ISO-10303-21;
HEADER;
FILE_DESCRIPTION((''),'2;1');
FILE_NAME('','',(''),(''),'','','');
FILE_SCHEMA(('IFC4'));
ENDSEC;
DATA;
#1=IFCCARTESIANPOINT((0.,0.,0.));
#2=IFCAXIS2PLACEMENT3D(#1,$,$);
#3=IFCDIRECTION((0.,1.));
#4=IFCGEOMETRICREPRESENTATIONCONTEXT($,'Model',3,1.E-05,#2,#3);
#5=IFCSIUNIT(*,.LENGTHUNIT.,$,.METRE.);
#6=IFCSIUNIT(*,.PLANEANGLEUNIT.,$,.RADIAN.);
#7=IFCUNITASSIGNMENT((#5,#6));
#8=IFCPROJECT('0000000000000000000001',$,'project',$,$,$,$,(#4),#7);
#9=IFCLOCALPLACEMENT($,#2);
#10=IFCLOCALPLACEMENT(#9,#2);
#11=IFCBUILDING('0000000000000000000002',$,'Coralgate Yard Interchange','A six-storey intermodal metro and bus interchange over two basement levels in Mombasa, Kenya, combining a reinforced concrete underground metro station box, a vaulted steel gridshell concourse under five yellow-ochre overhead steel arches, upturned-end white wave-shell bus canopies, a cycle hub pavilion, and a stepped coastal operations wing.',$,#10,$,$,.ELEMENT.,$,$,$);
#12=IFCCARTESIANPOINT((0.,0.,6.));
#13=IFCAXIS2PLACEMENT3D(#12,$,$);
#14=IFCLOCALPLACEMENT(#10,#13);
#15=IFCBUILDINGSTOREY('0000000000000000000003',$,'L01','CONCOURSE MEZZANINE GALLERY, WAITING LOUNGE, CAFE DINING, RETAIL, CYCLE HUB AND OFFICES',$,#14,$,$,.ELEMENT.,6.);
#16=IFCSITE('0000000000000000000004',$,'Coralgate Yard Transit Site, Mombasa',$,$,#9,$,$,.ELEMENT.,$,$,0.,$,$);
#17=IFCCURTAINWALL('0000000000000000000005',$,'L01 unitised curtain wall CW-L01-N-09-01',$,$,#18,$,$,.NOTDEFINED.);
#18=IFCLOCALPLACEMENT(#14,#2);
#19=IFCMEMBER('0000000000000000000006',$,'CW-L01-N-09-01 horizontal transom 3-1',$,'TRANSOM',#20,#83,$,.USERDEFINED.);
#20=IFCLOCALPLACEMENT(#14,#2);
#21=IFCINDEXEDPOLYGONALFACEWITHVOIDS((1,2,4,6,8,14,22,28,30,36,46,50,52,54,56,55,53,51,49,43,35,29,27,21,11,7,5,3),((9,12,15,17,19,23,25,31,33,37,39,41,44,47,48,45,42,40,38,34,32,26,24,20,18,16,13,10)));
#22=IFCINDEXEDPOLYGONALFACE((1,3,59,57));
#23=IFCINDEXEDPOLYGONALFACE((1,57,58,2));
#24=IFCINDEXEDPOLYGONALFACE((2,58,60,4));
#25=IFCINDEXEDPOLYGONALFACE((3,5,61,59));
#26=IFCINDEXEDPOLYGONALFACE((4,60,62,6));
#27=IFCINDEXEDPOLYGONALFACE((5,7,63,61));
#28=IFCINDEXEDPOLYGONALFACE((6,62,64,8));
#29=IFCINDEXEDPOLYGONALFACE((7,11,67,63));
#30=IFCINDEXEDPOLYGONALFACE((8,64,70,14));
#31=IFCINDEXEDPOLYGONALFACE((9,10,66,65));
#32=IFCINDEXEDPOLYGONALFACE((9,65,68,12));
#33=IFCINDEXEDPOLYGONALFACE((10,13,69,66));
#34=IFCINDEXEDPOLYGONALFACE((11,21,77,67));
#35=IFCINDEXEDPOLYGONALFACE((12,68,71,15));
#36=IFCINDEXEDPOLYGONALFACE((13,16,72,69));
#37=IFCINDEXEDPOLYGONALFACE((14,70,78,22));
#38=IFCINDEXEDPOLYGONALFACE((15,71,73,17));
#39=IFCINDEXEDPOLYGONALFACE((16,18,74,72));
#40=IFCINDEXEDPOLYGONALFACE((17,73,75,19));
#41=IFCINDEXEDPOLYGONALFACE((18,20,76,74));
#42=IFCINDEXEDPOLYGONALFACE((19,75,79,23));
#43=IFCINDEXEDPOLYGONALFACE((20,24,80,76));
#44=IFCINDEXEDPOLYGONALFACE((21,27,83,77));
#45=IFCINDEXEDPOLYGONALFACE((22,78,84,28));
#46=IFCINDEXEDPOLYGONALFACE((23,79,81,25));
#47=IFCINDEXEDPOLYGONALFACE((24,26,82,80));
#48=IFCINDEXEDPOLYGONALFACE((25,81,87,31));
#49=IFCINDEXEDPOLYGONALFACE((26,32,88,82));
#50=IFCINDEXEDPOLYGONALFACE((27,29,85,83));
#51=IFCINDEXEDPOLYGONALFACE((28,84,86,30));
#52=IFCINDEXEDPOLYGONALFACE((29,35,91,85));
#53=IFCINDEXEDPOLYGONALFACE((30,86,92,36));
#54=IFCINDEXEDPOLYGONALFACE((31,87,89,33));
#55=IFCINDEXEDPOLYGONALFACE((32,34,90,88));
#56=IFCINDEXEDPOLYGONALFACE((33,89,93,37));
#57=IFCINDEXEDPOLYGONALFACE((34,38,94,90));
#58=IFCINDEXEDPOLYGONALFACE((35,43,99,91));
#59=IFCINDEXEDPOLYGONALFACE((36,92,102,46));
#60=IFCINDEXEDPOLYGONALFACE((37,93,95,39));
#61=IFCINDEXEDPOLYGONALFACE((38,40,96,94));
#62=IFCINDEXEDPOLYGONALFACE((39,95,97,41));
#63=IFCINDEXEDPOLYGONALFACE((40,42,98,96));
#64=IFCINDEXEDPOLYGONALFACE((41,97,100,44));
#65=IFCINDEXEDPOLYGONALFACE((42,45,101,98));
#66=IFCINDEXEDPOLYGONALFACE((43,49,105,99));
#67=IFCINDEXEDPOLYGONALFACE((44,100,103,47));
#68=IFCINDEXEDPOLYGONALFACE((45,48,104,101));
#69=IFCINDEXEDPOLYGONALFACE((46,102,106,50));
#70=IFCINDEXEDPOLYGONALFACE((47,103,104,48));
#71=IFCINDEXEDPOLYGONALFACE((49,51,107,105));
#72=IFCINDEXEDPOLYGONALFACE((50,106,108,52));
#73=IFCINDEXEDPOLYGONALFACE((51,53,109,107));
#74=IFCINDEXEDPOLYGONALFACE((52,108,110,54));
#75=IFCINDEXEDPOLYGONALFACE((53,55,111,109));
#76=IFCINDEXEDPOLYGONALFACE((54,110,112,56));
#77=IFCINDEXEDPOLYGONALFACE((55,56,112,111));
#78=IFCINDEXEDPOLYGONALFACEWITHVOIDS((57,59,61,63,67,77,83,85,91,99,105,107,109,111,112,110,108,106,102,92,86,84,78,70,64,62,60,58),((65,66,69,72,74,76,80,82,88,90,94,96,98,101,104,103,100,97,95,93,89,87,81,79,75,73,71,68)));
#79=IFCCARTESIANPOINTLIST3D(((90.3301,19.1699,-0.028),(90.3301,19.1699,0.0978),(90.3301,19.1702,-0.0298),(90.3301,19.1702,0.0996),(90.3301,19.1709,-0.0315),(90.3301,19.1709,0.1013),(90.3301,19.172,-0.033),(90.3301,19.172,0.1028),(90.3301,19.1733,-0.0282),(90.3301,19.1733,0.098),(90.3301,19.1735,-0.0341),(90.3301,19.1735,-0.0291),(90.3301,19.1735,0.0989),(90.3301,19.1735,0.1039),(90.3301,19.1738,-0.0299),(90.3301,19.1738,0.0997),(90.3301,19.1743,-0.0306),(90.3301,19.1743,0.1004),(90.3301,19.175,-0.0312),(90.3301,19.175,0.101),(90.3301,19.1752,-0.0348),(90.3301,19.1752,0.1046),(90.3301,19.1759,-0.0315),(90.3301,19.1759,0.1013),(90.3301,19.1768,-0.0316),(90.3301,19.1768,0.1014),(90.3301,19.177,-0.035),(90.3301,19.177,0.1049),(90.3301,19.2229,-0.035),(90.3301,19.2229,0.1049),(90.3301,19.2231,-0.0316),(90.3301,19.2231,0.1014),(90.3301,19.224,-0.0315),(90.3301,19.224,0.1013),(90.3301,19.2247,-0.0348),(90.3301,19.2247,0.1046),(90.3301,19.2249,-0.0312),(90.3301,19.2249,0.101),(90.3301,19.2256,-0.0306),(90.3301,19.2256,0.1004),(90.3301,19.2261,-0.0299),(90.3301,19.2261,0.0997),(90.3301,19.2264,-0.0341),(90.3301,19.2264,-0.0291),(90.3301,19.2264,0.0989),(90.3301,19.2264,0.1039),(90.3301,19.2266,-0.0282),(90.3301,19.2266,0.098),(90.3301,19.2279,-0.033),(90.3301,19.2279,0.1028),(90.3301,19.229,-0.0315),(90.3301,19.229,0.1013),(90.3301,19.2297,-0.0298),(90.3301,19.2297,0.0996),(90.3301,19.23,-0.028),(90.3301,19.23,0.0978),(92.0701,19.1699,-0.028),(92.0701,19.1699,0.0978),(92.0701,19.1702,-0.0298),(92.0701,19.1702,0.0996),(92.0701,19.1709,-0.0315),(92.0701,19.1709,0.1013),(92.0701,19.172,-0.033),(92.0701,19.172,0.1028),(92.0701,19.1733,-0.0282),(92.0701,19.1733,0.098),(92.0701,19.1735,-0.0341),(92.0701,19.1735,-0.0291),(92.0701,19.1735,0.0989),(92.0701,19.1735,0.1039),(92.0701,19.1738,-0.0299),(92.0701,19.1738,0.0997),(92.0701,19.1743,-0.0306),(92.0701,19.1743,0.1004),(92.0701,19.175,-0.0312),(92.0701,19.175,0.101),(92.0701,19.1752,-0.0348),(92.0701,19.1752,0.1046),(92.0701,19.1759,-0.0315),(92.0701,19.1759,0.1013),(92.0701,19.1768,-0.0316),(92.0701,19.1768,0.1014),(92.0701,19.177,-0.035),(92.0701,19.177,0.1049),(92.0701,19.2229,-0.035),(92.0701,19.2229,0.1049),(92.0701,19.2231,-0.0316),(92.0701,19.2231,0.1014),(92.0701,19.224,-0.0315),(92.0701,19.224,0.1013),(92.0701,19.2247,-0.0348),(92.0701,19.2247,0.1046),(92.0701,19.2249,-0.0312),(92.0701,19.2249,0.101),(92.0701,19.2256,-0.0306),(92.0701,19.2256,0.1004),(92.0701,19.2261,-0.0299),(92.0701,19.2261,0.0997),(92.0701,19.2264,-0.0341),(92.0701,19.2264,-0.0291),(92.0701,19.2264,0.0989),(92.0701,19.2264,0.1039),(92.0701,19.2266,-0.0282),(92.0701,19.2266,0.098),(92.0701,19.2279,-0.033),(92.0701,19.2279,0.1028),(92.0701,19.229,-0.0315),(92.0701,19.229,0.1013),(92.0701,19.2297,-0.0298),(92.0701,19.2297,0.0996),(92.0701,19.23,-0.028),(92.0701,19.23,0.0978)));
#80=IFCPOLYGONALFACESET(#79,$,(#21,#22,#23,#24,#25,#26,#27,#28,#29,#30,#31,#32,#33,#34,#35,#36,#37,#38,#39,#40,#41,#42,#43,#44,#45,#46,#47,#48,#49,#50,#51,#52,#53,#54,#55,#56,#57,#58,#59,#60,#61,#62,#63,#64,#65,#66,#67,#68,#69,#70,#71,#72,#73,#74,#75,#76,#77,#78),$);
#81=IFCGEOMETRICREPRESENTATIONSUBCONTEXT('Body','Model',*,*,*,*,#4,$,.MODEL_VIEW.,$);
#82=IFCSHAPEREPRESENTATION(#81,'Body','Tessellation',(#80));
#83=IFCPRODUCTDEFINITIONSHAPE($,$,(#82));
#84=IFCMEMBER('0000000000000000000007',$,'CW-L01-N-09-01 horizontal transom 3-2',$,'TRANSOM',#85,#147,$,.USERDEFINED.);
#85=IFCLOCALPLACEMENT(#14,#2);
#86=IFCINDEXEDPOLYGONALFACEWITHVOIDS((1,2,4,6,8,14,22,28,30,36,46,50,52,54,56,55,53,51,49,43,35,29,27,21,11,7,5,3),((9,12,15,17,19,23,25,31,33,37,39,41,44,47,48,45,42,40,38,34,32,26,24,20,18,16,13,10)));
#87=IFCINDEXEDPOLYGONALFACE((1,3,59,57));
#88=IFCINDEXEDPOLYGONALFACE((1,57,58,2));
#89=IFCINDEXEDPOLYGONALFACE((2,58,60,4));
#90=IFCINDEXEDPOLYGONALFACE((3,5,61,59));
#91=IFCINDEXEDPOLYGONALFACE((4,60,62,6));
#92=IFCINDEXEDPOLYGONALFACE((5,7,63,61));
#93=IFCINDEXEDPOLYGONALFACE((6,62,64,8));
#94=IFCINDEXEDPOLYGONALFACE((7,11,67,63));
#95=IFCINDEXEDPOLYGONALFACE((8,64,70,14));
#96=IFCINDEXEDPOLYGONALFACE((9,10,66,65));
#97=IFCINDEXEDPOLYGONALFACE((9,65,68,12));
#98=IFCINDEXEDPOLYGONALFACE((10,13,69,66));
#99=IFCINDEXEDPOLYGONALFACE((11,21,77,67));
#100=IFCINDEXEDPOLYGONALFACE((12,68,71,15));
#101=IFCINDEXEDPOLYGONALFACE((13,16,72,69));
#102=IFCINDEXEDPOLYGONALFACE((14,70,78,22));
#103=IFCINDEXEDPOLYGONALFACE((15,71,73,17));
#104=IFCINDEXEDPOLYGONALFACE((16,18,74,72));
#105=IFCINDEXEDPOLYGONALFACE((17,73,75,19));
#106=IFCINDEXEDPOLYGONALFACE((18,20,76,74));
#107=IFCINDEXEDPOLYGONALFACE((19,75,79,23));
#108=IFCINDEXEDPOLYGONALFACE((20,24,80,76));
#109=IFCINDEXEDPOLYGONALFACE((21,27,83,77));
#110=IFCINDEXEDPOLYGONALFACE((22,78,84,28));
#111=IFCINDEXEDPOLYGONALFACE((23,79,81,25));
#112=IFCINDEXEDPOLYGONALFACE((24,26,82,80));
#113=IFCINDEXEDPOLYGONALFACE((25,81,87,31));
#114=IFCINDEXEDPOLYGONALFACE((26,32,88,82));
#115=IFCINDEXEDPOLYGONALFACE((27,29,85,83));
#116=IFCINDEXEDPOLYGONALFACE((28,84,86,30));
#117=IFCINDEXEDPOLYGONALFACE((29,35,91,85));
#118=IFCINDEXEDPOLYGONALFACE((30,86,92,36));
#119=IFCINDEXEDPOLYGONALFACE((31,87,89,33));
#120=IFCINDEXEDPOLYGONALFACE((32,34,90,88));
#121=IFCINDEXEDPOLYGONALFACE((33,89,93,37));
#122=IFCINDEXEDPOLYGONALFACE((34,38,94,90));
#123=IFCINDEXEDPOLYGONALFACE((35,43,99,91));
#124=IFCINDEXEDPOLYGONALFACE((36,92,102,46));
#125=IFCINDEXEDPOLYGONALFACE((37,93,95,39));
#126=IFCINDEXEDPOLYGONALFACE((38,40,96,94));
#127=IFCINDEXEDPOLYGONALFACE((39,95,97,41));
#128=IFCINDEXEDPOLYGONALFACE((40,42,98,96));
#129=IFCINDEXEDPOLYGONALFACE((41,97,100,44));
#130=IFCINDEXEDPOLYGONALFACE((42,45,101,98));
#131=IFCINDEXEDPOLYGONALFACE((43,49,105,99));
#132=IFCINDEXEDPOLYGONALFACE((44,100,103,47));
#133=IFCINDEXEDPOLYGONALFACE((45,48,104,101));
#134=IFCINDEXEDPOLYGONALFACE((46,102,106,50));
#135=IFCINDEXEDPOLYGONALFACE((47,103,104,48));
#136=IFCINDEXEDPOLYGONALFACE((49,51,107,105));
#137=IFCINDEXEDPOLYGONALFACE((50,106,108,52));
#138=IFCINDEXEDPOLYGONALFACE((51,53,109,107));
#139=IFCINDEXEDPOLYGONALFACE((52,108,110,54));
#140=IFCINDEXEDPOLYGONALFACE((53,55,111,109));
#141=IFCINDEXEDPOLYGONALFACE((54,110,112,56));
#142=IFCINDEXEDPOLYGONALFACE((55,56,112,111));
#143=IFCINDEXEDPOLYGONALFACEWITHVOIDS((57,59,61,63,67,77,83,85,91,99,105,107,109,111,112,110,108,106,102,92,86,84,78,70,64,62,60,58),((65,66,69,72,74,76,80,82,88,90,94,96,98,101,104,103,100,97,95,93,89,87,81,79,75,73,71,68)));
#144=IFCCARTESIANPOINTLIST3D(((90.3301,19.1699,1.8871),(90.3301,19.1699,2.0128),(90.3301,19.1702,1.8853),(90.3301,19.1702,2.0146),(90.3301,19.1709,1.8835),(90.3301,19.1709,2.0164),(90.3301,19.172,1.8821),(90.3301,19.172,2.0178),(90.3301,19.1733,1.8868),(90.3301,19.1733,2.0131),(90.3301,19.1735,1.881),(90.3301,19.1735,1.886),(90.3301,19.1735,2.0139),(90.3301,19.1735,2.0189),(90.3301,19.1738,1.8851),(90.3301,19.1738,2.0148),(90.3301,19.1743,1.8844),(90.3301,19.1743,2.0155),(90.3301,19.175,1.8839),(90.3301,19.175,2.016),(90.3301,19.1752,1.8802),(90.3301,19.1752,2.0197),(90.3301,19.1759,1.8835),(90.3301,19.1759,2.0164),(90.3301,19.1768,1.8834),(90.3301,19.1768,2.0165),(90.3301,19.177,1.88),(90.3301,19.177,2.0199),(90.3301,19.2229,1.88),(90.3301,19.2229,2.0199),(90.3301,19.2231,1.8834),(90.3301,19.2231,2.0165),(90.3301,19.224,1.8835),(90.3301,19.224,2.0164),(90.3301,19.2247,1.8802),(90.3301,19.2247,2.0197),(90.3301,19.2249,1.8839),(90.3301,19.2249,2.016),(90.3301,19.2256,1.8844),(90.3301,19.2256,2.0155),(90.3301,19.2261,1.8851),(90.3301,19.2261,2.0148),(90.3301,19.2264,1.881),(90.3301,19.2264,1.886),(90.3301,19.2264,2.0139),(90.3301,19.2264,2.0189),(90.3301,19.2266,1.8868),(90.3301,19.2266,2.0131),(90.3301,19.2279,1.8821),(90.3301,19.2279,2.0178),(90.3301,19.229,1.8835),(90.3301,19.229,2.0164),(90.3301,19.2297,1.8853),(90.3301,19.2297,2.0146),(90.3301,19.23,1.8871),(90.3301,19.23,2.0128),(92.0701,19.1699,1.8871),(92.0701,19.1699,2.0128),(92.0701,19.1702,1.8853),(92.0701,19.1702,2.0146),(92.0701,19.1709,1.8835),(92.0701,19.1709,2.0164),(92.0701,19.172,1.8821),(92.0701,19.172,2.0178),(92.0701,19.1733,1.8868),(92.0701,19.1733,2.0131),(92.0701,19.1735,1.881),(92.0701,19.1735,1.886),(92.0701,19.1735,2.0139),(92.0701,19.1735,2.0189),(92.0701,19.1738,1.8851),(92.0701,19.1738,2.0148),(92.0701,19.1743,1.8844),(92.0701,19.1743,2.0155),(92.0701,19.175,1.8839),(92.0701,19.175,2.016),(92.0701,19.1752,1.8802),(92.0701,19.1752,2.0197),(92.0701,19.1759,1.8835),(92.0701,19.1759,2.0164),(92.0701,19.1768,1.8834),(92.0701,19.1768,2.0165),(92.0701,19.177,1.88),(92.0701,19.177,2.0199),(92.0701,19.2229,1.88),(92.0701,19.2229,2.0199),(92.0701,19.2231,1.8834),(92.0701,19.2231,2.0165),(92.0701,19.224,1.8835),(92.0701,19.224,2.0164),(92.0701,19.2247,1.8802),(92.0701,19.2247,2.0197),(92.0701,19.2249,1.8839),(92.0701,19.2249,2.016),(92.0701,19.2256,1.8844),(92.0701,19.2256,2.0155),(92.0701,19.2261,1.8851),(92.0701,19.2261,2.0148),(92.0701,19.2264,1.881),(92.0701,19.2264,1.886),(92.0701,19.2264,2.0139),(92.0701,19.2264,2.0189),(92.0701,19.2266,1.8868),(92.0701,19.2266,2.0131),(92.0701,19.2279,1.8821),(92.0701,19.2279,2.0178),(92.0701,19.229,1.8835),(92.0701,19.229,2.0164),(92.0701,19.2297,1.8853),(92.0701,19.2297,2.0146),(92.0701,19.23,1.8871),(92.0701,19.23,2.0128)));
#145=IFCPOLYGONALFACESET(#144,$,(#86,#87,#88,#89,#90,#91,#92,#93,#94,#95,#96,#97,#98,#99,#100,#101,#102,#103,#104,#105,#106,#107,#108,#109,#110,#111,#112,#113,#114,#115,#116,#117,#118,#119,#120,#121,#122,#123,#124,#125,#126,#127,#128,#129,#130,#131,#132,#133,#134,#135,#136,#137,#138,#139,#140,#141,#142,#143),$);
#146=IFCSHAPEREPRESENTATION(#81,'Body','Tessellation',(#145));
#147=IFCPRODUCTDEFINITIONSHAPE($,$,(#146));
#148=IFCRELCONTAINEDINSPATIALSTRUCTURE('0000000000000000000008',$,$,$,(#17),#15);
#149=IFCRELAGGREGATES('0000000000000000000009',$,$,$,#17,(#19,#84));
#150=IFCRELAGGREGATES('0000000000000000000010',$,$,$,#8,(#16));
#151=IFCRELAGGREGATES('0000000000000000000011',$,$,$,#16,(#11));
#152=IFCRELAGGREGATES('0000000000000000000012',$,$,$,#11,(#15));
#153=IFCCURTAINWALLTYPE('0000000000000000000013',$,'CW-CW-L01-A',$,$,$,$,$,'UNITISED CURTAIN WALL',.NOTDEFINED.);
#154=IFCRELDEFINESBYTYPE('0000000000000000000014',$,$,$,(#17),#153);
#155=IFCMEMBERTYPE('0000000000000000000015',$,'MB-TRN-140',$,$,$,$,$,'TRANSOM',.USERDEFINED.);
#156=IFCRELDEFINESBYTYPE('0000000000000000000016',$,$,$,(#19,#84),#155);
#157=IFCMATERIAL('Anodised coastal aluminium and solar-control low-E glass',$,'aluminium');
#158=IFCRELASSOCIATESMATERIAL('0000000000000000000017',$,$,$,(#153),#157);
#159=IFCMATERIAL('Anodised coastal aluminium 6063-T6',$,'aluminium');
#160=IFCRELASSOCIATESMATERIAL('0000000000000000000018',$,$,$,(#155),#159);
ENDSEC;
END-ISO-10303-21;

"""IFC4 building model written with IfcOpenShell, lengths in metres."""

from ifc_helpers import new_model, si_unit, direction, frame, origin, origin_2d, place, context, subcontext, project, spatial, hollow_rectangle, extrude, material, material_profile, profile_set, type_object, element, aggregate, save


model = new_model("IFC4")

# Units and contexts
model_context = context("Model", 3, precision=1e-05, world=origin(), true_north=direction((0.0, 1.0)))
body_context = subcontext(model_context, "Body", "Model", "MODEL_VIEW")
ifc_project = project(units=[si_unit("LENGTHUNIT", "METRE"), si_unit("PLANEANGLEUNIT", "RADIAN")], contexts=[model_context])

# Site, building, storey
site_placement = place(None, origin())
site = spatial("IfcSite", under=ifc_project, at=site_placement, Name="Coralgate Yard Transit Site, Mombasa", CompositionType="ELEMENT", RefElevation=0.0)
building_placement = place(site_placement, origin())
building = spatial("IfcBuilding", under=site, at=building_placement, Name="Coralgate Yard Interchange", Description="A six-storey intermodal metro and bus interchange over two basement levels in Mombasa, Kenya, combining a reinforced concrete underground metro station box, a vaulted steel gridshell concourse under five yellow-ochre overhead steel arches, upturned-end white wave-shell bus canopies, a cycle hub pavilion, and a stepped coastal operations wing.", CompositionType="ELEMENT")
storey_placement = place(building_placement, frame((0.0, 0.0, 6.0)))
storey = spatial("IfcBuildingStorey", under=building, at=storey_placement, Name="L01", Description="CONCOURSE MEZZANINE GALLERY, WAITING LOUNGE, CAFE DINING, RETAIL, CYCLE HUB AND OFFICES", CompositionType="ELEMENT", Elevation=6.0)

# Curtain wall, members
ifc_material_1 = material(Name="Anodised coastal aluminium and solar-control low-E glass", Category="aluminium")
curtain_wall_type = type_object("IfcCurtainWallType", Name="CW-CW-L01-A", ElementType="UNITISED CURTAIN WALL", PredefinedType="NOTDEFINED", material=ifc_material_1)
curtain_wall_placement = place(storey_placement, origin())
curtain_wall = element("IfcCurtainWall", 1, at=curtain_wall_placement, inside=storey, type_object=curtain_wall_type, Name="L01 unitised curtain wall CW-L01-N-09-01", PredefinedType="NOTDEFINED")
ifc_material_2 = material(Name="Anodised coastal aluminium 6063-T6", Category="aluminium")
ifc_material_profile_1 = material_profile(ifc_material_2, hollow_rectangle(XDim=0.0601, YDim=0.1399, WallThickness=0.0034, InnerFilletRadius=0.0034, OuterFilletRadius=0.0071, at=origin_2d()), Name="ALU 60x140x3.5")
ifc_profile_set_1 = profile_set([ifc_material_profile_1], Name="Anodised coastal aluminium 6063-T6")
member_type_1 = type_object("IfcMemberType", Name="MB-TRN-140", ElementType="TRANSOM", PredefinedType="USERDEFINED", material=ifc_profile_set_1)
member_1_placement = place(storey_placement, frame((90.3301, 19.2, 0.0349), z_axis=(1.0, 0.0, 0.0), x_axis=(0.0, 1.0, 0.0)))
member_1 = element("IfcMember", 2, at=member_1_placement, type_object=member_type_1, Name="CW-L01-N-09-01 horizontal transom 3-1", ObjectType="TRANSOM", PredefinedType="USERDEFINED", context=body_context, shape_type="SweptSolid", body=[
    extrude(hollow_rectangle(XDim=0.0601, YDim=0.1399, WallThickness=0.0034, InnerFilletRadius=0.0034, OuterFilletRadius=0.0071, at=origin_2d()), origin(), (0.0, 0.0, 1.0), 1.74),
])
member_2_placement = place(storey_placement, frame((90.3301, 19.2, 1.95), z_axis=(1.0, 0.0, 0.0), x_axis=(0.0, 1.0, 0.0)))
member_2 = element("IfcMember", 3, at=member_2_placement, type_object=member_type_1, Name="CW-L01-N-09-01 horizontal transom 3-2", ObjectType="TRANSOM", PredefinedType="USERDEFINED", context=body_context, shape_type="SweptSolid", body=[
    extrude(hollow_rectangle(XDim=0.0601, YDim=0.1399, WallThickness=0.0034, InnerFilletRadius=0.0034, OuterFilletRadius=0.0071, at=origin_2d()), origin(), (0.0, 0.0, 1.0), 1.74),
])
aggregate(curtain_wall, [member_1, member_2])

save(model, "model.ifc")
